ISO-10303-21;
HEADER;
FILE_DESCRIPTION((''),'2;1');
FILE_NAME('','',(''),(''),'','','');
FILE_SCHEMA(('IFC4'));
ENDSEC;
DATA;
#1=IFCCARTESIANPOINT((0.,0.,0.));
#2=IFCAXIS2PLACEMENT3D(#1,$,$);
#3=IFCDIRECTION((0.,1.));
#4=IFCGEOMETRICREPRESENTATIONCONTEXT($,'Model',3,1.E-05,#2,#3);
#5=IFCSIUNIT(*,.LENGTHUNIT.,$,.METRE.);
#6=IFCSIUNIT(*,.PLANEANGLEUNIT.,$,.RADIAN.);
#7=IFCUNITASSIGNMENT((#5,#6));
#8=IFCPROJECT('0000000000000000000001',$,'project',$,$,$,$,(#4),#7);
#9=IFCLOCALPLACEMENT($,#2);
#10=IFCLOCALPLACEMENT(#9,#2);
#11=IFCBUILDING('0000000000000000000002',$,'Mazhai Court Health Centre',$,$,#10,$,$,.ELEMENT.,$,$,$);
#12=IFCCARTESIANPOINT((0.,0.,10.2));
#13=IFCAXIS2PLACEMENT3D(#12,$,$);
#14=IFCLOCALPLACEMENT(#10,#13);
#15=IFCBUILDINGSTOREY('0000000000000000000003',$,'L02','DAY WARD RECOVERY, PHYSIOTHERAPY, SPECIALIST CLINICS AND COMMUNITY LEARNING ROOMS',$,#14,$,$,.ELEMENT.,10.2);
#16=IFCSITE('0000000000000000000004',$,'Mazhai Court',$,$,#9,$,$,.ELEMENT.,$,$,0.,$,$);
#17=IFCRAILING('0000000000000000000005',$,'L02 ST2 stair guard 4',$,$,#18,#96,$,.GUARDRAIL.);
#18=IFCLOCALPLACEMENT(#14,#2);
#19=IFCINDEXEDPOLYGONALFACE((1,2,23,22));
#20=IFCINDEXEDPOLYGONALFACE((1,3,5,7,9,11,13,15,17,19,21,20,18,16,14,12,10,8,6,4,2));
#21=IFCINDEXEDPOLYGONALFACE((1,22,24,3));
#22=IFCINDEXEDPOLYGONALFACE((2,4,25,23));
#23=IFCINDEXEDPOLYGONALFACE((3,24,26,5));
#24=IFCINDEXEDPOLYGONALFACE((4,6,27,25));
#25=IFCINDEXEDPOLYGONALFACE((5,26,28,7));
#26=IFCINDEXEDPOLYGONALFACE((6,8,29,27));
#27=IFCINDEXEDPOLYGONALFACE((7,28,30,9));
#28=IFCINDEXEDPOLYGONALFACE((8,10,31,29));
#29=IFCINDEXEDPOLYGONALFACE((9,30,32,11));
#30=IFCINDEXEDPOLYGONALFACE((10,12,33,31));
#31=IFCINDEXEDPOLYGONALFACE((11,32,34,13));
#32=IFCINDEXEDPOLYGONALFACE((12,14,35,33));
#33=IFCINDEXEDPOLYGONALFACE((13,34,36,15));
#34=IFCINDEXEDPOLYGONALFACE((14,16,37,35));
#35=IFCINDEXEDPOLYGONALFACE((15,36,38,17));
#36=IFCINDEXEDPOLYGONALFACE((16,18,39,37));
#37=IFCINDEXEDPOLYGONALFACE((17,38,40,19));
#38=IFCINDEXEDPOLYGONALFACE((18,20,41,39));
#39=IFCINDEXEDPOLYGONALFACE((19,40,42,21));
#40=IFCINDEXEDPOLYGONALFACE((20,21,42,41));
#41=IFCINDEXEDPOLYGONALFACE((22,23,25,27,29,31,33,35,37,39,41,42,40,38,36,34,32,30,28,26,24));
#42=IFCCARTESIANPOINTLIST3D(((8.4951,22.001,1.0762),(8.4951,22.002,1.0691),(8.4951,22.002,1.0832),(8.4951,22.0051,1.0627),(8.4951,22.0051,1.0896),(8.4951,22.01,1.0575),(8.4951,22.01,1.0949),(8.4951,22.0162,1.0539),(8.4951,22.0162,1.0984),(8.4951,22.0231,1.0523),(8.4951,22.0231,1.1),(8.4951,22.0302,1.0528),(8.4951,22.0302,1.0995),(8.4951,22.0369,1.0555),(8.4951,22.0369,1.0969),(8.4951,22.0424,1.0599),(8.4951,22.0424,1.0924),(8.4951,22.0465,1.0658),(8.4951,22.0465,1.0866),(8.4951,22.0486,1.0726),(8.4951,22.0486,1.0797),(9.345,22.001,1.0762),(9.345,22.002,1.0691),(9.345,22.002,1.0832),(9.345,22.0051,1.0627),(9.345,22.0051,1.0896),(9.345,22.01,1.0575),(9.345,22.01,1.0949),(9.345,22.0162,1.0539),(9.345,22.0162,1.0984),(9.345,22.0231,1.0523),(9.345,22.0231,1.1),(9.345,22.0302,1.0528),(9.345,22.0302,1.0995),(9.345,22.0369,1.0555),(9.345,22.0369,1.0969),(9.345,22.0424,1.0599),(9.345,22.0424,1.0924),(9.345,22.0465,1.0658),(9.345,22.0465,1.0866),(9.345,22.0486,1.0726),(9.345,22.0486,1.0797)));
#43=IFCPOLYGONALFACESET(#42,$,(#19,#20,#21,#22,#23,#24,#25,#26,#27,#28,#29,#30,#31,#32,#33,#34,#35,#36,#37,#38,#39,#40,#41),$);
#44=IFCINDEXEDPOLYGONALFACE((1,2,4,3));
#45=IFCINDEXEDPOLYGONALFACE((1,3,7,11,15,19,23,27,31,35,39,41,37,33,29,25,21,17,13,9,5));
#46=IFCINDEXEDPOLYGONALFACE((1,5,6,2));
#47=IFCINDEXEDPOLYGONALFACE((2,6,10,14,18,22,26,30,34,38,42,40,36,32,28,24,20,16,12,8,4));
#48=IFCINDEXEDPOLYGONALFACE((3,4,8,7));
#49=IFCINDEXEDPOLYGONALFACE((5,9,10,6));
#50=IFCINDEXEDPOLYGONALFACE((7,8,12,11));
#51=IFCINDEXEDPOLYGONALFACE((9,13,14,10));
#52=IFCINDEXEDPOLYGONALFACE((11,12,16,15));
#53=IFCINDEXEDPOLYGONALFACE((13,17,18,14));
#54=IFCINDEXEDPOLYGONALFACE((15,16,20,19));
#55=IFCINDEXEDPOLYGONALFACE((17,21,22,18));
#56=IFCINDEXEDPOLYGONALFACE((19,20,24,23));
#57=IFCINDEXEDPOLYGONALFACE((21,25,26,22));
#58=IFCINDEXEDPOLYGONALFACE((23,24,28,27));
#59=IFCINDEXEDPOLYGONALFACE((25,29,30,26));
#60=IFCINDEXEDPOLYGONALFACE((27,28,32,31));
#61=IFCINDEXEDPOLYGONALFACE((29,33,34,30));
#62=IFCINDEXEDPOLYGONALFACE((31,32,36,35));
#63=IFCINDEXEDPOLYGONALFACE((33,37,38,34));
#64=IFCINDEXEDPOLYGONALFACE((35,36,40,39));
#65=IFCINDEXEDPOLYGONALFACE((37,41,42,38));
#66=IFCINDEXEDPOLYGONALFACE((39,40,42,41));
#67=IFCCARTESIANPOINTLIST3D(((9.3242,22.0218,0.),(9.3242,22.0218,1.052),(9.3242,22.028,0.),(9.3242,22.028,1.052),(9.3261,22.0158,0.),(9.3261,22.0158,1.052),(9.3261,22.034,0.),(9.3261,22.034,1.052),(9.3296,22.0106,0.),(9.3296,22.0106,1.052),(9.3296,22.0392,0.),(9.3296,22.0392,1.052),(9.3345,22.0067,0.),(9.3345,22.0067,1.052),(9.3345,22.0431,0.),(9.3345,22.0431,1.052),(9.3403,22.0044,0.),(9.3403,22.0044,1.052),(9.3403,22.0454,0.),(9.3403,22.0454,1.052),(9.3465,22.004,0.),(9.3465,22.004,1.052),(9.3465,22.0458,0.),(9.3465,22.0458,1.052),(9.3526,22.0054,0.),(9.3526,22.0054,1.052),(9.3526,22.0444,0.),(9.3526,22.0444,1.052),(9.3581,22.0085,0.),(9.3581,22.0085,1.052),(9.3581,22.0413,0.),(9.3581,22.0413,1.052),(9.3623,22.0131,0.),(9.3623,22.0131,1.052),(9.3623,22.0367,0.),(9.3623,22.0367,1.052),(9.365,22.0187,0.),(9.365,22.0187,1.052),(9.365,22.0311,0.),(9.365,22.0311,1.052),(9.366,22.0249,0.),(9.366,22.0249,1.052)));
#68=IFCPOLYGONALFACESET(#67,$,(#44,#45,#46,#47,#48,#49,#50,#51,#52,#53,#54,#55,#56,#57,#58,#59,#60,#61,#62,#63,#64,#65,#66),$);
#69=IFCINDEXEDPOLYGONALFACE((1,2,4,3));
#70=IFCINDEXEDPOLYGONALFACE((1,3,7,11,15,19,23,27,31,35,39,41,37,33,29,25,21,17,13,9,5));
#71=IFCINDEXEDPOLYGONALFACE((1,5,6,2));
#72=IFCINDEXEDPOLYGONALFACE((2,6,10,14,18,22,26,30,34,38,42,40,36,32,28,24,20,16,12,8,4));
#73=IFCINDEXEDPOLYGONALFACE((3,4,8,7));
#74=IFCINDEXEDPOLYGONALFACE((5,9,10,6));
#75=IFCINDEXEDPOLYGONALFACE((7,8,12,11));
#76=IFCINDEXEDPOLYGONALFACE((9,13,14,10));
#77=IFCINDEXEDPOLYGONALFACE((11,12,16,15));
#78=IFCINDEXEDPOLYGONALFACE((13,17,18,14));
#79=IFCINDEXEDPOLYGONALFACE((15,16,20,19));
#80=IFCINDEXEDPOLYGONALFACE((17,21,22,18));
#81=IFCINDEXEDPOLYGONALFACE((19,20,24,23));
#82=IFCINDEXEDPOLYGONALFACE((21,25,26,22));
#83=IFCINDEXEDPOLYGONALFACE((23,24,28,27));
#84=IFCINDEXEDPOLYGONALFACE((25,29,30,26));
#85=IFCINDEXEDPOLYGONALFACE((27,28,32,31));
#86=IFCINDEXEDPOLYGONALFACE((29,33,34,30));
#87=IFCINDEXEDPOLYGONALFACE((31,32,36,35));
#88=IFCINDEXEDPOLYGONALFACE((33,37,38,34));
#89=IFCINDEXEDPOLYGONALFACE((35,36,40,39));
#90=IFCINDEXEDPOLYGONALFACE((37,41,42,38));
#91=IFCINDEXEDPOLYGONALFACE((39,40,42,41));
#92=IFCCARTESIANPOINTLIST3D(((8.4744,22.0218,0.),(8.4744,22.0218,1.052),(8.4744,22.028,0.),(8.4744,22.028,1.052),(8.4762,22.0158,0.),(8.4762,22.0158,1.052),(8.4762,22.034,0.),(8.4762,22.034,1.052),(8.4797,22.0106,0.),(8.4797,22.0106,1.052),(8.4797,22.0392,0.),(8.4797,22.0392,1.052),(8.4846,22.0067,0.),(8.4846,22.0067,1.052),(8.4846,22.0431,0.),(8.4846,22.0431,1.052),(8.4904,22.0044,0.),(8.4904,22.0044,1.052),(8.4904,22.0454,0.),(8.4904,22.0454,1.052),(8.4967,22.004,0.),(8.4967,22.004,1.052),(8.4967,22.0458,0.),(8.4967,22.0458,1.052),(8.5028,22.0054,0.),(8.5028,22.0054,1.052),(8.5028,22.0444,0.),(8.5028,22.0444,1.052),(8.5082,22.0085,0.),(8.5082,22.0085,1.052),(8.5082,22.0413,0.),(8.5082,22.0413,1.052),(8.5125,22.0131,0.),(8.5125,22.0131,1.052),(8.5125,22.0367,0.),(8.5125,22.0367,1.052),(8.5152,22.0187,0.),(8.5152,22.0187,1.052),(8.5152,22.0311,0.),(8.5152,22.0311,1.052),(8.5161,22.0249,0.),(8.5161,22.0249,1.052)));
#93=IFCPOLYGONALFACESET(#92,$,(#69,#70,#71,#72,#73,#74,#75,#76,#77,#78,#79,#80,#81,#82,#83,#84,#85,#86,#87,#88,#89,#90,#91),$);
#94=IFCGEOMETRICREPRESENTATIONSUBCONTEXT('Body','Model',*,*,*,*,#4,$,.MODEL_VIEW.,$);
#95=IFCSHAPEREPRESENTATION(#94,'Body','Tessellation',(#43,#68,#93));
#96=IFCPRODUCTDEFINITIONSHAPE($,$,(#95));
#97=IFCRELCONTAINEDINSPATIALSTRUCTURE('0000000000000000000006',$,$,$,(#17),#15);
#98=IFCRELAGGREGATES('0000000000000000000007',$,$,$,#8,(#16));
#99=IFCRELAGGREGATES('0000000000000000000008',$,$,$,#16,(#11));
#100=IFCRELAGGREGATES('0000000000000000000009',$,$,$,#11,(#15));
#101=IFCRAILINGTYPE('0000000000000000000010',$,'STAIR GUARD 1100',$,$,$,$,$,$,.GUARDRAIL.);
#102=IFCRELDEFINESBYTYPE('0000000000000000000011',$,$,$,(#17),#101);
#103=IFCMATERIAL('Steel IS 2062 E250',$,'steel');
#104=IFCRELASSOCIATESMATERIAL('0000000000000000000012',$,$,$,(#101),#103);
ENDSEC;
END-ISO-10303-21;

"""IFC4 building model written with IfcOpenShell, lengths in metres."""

from ifc_helpers import new_model, si_unit, direction, frame, origin, origin_2d, place, context, subcontext, project, spatial, circle, extrude, material, type_object, element, save


model = new_model("IFC4")

# Units and contexts
model_context = context("Model", 3, precision=1e-05, world=origin(), true_north=direction((0.0, 1.0)))
body_context = subcontext(model_context, "Body", "Model", "MODEL_VIEW")
ifc_project = project(units=[si_unit("LENGTHUNIT", "METRE"), si_unit("PLANEANGLEUNIT", "RADIAN")], contexts=[model_context])

# Site, building, storey
site_placement = place(None, origin())
site = spatial("IfcSite", under=ifc_project, at=site_placement, Name="Mazhai Court", CompositionType="ELEMENT", RefElevation=0.0)
building_placement = place(site_placement, origin())
building = spatial("IfcBuilding", under=site, at=building_placement, Name="Mazhai Court Health Centre", CompositionType="ELEMENT")
storey_placement = place(building_placement, frame((0.0, 0.0, 10.2)))
storey = spatial("IfcBuildingStorey", under=building, at=storey_placement, Name="L02", Description="DAY WARD RECOVERY, PHYSIOTHERAPY, SPECIALIST CLINICS AND COMMUNITY LEARNING ROOMS", CompositionType="ELEMENT", Elevation=10.2)

# Railing
ifc_material_1 = material(Name="Steel IS 2062 E250", Category="steel")
railing_type_1 = type_object("IfcRailingType", Name="STAIR GUARD 1100", PredefinedType="GUARDRAIL", material=ifc_material_1)
railing_1_placement = place(storey_placement, frame((9.345, 22.0249, 0.0)))
element("IfcRailing", 1, at=railing_1_placement, inside=storey, type_object=railing_type_1, Name="L02 ST2 stair guard 4", PredefinedType="GUARDRAIL", context=body_context, shape_type="SweptSolid", body=[
    extrude(circle(Radius=0.0239, at=origin_2d()), frame((0.0, 0.0, 1.0762), z_axis=(-1.0, 0.0, 0.0), x_axis=(0.0, -1.0, 0.0)), (0.0, 0.0, 1.0), 0.8499),
    extrude(circle(Radius=0.021, at=origin_2d()), origin(), (0.0, 0.0, 1.0), 1.052),
    extrude(circle(Radius=0.021, at=origin_2d()), frame((-0.8499, 0.0, 0.0)), (0.0, 0.0, 1.0), 1.052),
])

save(model, "model.ifc")
